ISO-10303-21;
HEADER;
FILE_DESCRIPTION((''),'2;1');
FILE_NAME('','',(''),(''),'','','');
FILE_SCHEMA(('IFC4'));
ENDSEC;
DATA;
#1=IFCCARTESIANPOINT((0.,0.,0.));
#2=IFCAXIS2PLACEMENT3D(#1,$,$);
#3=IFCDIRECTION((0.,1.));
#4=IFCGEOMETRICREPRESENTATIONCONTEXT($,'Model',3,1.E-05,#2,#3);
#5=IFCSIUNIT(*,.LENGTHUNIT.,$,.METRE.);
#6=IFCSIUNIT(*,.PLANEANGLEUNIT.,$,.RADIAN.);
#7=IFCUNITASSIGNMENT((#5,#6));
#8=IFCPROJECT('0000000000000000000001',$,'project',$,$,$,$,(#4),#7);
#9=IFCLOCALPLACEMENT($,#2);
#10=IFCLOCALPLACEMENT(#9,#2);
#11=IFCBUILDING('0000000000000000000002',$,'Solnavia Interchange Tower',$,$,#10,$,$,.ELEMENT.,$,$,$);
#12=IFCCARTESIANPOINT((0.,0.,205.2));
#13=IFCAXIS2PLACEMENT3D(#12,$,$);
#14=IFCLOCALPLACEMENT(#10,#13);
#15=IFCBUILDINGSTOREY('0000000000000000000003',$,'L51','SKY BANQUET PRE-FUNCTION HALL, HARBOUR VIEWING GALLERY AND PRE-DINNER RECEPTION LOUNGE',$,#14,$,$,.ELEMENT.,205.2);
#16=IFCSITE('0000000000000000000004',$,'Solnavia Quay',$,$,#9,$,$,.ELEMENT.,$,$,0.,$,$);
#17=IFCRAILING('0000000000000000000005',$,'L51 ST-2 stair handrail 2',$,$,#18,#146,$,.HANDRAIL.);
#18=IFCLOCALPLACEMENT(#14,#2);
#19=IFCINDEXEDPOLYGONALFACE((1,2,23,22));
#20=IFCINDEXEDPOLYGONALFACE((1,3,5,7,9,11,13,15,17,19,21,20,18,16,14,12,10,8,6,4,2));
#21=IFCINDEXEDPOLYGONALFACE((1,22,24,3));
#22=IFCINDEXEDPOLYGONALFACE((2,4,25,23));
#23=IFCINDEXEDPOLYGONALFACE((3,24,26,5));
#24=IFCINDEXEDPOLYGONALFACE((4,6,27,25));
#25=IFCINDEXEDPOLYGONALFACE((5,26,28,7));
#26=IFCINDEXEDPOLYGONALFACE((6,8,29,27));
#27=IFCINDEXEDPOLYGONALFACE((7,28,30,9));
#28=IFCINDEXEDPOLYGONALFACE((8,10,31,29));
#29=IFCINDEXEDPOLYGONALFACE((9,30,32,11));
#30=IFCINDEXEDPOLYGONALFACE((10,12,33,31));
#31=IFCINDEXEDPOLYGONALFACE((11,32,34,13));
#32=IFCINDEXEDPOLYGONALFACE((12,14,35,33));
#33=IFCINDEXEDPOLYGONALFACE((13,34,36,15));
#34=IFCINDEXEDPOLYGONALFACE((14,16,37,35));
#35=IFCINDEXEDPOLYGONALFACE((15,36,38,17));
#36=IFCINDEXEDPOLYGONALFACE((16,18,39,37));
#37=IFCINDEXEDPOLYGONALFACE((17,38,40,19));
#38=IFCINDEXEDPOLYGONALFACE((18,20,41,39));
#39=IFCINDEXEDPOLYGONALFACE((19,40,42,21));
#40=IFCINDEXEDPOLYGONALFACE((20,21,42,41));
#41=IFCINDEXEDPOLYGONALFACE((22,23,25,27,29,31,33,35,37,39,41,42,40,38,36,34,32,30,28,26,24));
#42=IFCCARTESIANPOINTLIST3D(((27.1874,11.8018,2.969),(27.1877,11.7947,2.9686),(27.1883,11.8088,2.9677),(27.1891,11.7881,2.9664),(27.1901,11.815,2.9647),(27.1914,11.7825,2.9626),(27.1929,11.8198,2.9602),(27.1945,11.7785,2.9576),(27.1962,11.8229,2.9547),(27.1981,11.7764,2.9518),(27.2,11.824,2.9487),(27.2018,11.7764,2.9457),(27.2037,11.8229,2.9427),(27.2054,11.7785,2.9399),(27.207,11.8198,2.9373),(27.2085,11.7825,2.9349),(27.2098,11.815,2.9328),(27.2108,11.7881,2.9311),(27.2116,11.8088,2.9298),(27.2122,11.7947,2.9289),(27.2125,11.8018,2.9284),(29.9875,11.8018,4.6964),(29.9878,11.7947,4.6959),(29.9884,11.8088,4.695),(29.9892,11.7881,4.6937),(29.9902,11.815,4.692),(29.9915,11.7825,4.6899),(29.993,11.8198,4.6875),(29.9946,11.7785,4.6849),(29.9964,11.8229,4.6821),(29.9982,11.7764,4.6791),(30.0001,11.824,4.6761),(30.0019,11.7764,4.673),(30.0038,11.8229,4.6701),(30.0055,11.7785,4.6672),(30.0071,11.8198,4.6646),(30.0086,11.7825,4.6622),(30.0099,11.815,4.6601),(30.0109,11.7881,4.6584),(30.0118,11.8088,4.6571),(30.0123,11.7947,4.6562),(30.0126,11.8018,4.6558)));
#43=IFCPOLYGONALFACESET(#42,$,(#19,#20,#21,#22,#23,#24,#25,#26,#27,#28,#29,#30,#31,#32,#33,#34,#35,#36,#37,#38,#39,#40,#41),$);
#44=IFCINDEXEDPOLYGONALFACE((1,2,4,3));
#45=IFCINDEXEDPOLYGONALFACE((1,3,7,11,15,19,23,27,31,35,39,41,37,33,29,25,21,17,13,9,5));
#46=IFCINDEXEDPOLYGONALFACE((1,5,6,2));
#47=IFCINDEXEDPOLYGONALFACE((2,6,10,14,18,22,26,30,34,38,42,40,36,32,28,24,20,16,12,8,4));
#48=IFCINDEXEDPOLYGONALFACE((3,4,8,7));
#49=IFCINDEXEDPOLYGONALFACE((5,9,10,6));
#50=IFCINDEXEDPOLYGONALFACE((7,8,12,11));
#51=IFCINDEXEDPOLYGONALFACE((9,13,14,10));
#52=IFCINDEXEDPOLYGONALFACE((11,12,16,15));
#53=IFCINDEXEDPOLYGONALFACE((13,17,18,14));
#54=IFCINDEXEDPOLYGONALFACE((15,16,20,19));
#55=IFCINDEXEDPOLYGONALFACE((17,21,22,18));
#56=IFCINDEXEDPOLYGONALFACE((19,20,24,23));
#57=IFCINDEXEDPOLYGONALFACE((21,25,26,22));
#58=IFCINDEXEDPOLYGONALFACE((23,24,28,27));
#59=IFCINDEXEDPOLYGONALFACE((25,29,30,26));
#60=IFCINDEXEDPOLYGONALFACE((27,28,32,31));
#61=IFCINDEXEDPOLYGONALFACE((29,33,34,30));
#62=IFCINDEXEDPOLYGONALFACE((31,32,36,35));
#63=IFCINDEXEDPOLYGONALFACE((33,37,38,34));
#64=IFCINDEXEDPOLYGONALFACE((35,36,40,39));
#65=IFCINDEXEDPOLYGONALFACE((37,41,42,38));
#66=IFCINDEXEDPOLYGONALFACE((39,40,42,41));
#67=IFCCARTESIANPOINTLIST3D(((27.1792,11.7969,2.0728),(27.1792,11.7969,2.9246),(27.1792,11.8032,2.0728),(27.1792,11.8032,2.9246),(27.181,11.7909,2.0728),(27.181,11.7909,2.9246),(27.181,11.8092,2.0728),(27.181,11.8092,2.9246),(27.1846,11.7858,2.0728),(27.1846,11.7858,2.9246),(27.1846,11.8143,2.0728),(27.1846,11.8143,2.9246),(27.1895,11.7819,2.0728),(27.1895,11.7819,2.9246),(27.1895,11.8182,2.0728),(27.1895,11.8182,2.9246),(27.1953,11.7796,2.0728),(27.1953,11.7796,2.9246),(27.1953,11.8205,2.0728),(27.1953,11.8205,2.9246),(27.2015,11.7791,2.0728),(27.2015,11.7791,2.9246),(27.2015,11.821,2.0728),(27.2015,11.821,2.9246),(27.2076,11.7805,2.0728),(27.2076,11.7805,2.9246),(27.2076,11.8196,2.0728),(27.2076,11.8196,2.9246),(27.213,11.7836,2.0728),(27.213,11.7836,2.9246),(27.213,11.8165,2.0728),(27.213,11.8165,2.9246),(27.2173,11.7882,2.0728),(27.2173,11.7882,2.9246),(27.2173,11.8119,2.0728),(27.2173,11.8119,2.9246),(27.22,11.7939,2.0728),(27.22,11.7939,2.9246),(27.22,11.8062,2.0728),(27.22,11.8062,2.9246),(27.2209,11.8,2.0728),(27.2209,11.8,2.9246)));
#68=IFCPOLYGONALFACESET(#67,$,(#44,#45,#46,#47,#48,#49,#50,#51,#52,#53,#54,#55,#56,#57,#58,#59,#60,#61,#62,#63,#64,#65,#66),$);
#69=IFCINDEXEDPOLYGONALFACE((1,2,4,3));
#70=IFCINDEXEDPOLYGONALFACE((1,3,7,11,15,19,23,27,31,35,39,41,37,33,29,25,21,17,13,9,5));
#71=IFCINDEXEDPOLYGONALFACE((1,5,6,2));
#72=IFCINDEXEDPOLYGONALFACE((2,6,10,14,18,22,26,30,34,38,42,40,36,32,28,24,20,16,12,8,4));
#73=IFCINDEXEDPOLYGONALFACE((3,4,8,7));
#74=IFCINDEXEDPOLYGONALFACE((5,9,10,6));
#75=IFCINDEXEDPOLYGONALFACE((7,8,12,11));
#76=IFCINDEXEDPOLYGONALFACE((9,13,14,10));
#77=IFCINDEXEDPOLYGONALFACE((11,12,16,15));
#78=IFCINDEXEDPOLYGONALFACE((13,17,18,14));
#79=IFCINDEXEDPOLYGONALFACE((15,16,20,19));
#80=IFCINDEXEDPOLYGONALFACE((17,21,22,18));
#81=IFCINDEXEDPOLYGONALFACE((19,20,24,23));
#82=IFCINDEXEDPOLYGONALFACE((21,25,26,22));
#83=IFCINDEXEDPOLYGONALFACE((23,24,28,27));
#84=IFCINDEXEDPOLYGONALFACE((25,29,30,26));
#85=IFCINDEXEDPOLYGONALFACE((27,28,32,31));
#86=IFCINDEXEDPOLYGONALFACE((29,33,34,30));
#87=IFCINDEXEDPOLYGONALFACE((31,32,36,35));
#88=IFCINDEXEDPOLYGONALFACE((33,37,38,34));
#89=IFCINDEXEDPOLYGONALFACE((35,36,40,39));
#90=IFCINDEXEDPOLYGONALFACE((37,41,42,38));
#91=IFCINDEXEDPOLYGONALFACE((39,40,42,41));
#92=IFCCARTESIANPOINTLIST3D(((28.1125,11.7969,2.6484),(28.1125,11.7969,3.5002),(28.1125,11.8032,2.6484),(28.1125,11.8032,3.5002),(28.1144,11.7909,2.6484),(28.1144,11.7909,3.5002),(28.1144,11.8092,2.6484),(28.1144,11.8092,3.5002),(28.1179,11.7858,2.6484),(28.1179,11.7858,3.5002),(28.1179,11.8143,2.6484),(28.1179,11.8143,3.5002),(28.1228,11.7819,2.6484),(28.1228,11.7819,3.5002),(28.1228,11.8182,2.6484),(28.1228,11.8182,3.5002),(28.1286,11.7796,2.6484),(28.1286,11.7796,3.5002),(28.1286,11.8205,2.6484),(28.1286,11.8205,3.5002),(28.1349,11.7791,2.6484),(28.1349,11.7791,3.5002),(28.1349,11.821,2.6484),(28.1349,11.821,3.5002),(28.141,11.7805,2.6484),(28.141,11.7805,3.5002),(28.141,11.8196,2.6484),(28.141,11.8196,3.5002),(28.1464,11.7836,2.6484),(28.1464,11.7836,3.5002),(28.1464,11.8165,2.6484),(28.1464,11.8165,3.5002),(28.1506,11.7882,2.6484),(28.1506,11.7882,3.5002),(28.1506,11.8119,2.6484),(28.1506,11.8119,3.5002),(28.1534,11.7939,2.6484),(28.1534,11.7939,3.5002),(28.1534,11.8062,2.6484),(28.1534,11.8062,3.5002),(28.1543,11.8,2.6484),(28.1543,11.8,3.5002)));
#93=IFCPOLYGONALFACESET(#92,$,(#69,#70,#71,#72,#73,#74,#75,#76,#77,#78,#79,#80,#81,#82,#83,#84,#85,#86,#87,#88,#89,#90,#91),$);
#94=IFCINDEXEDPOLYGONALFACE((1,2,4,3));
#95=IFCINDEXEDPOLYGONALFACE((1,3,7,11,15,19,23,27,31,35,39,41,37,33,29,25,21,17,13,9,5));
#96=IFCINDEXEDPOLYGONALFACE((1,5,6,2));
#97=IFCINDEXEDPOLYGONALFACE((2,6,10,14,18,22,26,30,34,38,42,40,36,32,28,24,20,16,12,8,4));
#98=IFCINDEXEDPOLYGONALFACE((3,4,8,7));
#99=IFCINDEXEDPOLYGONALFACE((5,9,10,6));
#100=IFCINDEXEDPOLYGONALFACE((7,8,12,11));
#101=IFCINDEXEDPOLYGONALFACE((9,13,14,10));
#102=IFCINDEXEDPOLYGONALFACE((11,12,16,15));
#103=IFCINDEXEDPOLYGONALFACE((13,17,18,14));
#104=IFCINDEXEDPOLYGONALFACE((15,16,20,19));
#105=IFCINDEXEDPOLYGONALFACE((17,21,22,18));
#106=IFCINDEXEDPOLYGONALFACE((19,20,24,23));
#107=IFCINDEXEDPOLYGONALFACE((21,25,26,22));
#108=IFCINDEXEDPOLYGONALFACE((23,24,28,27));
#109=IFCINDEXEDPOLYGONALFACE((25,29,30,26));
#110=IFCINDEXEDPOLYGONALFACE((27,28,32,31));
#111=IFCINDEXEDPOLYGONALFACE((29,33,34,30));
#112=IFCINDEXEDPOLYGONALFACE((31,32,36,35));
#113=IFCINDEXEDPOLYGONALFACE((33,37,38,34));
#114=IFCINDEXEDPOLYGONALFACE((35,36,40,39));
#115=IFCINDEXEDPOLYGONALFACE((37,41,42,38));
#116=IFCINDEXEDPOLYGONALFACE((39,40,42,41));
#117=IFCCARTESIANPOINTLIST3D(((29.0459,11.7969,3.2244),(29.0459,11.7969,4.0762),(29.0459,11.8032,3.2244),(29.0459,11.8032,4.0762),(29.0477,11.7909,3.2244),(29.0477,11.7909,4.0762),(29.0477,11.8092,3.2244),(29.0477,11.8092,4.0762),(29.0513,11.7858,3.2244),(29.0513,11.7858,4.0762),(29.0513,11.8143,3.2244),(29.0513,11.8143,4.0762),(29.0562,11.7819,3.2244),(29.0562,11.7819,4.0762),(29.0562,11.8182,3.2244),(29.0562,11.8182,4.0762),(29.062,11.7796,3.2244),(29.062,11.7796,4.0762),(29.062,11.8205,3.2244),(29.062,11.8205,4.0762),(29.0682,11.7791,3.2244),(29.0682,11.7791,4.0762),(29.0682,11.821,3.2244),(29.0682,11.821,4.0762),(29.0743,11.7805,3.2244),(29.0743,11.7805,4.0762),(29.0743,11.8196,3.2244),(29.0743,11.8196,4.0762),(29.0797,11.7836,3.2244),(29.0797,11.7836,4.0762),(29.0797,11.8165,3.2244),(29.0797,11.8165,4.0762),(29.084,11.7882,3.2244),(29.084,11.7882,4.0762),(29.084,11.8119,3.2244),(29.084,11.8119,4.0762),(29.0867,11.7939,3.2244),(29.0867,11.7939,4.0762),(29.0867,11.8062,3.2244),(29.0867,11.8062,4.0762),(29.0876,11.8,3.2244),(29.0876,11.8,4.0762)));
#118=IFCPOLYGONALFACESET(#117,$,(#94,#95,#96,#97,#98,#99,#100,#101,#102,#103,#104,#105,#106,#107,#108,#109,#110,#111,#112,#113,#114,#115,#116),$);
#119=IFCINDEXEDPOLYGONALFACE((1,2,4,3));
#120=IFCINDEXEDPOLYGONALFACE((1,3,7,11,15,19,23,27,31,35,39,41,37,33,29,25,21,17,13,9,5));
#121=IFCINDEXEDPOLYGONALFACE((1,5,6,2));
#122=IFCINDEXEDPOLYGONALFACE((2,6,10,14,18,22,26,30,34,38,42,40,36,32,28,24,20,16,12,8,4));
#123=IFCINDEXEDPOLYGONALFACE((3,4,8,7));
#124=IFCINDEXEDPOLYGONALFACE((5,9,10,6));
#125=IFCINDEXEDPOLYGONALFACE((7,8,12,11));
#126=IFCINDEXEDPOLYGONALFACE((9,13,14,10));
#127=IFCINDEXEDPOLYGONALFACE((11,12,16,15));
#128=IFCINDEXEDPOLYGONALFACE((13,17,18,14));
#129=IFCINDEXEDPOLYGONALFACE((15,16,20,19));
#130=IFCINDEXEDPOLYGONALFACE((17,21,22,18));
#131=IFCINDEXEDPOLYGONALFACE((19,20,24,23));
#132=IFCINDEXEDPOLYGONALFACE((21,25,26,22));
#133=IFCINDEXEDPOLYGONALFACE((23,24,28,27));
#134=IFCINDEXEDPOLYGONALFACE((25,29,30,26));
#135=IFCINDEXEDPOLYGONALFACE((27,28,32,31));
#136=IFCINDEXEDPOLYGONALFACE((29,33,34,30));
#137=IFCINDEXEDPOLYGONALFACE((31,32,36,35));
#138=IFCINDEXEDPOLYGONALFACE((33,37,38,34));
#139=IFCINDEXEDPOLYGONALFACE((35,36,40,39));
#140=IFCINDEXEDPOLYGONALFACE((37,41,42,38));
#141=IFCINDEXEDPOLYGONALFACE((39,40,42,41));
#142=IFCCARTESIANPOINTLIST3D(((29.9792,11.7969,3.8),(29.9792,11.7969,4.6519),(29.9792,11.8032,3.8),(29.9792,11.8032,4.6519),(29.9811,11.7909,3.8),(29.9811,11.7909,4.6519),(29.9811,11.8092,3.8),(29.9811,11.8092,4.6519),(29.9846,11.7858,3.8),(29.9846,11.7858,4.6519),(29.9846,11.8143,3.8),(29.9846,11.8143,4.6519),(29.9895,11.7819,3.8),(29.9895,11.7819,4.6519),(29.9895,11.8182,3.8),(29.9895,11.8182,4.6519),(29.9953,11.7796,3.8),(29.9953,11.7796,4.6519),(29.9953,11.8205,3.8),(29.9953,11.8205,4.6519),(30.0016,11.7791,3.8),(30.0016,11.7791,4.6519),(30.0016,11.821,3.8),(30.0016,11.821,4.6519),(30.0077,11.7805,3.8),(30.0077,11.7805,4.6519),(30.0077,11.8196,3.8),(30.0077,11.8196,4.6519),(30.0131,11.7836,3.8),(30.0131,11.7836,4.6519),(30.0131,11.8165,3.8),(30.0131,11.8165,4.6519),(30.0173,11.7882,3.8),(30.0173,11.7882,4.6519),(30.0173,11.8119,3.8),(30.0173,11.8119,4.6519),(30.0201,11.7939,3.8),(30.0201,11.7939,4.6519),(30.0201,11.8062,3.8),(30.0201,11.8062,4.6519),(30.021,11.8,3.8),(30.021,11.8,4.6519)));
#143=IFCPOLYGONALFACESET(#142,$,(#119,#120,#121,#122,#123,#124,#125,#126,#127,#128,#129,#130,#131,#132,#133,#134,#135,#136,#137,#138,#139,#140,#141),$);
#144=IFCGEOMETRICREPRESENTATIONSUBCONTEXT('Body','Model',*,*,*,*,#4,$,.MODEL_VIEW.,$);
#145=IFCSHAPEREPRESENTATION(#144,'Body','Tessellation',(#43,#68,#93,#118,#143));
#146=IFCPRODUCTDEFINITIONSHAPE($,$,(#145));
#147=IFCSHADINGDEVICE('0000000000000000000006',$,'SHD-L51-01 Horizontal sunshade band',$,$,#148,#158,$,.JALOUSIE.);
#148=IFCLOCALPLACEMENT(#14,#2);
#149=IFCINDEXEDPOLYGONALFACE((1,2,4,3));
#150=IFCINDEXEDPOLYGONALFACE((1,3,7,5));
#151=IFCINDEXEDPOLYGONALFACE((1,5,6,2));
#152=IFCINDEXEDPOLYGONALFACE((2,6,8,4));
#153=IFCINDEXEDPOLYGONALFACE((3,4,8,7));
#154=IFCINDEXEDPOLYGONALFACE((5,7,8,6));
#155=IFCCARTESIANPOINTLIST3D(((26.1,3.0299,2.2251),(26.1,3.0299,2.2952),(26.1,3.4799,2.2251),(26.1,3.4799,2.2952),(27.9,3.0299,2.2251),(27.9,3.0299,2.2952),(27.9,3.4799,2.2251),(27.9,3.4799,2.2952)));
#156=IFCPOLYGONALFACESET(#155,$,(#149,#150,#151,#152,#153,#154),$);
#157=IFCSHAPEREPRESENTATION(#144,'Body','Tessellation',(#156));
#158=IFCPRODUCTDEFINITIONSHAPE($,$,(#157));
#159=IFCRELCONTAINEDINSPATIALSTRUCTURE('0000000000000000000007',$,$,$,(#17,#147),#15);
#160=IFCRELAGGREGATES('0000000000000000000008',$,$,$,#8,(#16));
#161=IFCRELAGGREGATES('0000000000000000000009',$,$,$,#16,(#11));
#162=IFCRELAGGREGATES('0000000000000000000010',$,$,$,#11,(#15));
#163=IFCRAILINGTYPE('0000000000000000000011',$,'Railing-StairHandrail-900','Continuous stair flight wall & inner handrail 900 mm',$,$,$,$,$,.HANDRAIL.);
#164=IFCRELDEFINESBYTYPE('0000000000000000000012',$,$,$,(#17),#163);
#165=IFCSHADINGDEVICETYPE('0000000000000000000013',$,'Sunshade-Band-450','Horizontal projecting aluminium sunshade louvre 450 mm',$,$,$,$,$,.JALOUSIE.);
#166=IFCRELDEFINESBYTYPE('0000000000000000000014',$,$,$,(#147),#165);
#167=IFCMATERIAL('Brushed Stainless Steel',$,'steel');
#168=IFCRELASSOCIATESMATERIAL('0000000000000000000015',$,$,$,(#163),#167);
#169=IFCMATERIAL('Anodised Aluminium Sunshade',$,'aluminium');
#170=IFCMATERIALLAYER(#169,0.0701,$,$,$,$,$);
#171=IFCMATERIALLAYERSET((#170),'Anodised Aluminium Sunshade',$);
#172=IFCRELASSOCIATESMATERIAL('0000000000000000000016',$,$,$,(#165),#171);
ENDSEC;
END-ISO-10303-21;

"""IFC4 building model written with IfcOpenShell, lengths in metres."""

from ifc_helpers import new_model, si_unit, direction, frame, origin, origin_2d, place, context, subcontext, project, spatial, rectangle, circle, extrude, material, layer, layer_set, type_object, element, save


model = new_model("IFC4")

# Units and contexts
model_context = context("Model", 3, precision=1e-05, world=origin(), true_north=direction((0.0, 1.0)))
body_context = subcontext(model_context, "Body", "Model", "MODEL_VIEW")
ifc_project = project(units=[si_unit("LENGTHUNIT", "METRE"), si_unit("PLANEANGLEUNIT", "RADIAN")], contexts=[model_context])

# Site, building, storey
site_placement = place(None, origin())
site = spatial("IfcSite", under=ifc_project, at=site_placement, Name="Solnavia Quay", CompositionType="ELEMENT", RefElevation=0.0)
building_placement = place(site_placement, origin())
building = spatial("IfcBuilding", under=site, at=building_placement, Name="Solnavia Interchange Tower", CompositionType="ELEMENT")
storey_placement = place(building_placement, frame((0.0, 0.0, 205.2)))
storey = spatial("IfcBuildingStorey", under=building, at=storey_placement, Name="L51", Description="SKY BANQUET PRE-FUNCTION HALL, HARBOUR VIEWING GALLERY AND PRE-DINNER RECEPTION LOUNGE", CompositionType="ELEMENT", Elevation=205.2)

# Railing
ifc_material_1 = material(Name="Brushed Stainless Steel", Category="steel")
railing_type_1 = type_object("IfcRailingType", Name="Railing-StairHandrail-900", Description="Continuous stair flight wall & inner handrail 900 mm", PredefinedType="HANDRAIL", material=ifc_material_1)
railing_1_placement = place(storey_placement, frame((27.2, 11.8, 2.0728)))
element("IfcRailing", 1, at=railing_1_placement, inside=storey, type_object=railing_type_1, Name="L51 ST-2 stair handrail 2", PredefinedType="HANDRAIL", context=body_context, shape_type="SweptSolid", body=[
    extrude(circle(Radius=0.0239, at=origin_2d()), frame((0.0, 0.0, 0.876), z_axis=(0.85109, 0.0, 0.52502), x_axis=(0.0, 1.0, 0.0)), (0.0, 0.0, 1.0), 3.29),
    extrude(circle(Radius=0.021, at=origin_2d()), origin(), (0.0, 0.0, 1.0), 0.8518),
    extrude(circle(Radius=0.021, at=origin_2d()), frame((0.9333, 0.0, 0.5757)), (0.0, 0.0, 1.0), 0.8518),
    extrude(circle(Radius=0.021, at=origin_2d()), frame((1.8667, 0.0, 1.1516)), (0.0, 0.0, 1.0), 0.8518),
    extrude(circle(Radius=0.021, at=origin_2d()), frame((2.8, 0.0, 1.7273)), (0.0, 0.0, 1.0), 0.8518),
])

# Shading device
ifc_material_2 = material(Name="Anodised Aluminium Sunshade", Category="aluminium")
ifc_layer_1 = layer(ifc_material_2, 0.0701)
ifc_layer_set_1 = layer_set([ifc_layer_1], Name="Anodised Aluminium Sunshade")
shading_device_type = type_object("IfcShadingDeviceType", Name="Sunshade-Band-450", Description="Horizontal projecting aluminium sunshade louvre 450 mm", PredefinedType="JALOUSIE", material=ifc_layer_set_1)
shading_device_placement = place(storey_placement, frame((27.0, 3.2549, 2.2251), z_axis=(0.0, 0.0, 1.0), x_axis=(-1.0, 0.0, 0.0)))
element("IfcShadingDevice", 2, at=shading_device_placement, inside=storey, type_object=shading_device_type, Name="SHD-L51-01 Horizontal sunshade band", PredefinedType="JALOUSIE", context=body_context, shape_type="SweptSolid", body=[
    extrude(rectangle(XDim=1.8, YDim=0.45, at=origin_2d()), origin(), (0.0, 0.0, 1.0), 0.0701),
])

save(model, "model.ifc")
